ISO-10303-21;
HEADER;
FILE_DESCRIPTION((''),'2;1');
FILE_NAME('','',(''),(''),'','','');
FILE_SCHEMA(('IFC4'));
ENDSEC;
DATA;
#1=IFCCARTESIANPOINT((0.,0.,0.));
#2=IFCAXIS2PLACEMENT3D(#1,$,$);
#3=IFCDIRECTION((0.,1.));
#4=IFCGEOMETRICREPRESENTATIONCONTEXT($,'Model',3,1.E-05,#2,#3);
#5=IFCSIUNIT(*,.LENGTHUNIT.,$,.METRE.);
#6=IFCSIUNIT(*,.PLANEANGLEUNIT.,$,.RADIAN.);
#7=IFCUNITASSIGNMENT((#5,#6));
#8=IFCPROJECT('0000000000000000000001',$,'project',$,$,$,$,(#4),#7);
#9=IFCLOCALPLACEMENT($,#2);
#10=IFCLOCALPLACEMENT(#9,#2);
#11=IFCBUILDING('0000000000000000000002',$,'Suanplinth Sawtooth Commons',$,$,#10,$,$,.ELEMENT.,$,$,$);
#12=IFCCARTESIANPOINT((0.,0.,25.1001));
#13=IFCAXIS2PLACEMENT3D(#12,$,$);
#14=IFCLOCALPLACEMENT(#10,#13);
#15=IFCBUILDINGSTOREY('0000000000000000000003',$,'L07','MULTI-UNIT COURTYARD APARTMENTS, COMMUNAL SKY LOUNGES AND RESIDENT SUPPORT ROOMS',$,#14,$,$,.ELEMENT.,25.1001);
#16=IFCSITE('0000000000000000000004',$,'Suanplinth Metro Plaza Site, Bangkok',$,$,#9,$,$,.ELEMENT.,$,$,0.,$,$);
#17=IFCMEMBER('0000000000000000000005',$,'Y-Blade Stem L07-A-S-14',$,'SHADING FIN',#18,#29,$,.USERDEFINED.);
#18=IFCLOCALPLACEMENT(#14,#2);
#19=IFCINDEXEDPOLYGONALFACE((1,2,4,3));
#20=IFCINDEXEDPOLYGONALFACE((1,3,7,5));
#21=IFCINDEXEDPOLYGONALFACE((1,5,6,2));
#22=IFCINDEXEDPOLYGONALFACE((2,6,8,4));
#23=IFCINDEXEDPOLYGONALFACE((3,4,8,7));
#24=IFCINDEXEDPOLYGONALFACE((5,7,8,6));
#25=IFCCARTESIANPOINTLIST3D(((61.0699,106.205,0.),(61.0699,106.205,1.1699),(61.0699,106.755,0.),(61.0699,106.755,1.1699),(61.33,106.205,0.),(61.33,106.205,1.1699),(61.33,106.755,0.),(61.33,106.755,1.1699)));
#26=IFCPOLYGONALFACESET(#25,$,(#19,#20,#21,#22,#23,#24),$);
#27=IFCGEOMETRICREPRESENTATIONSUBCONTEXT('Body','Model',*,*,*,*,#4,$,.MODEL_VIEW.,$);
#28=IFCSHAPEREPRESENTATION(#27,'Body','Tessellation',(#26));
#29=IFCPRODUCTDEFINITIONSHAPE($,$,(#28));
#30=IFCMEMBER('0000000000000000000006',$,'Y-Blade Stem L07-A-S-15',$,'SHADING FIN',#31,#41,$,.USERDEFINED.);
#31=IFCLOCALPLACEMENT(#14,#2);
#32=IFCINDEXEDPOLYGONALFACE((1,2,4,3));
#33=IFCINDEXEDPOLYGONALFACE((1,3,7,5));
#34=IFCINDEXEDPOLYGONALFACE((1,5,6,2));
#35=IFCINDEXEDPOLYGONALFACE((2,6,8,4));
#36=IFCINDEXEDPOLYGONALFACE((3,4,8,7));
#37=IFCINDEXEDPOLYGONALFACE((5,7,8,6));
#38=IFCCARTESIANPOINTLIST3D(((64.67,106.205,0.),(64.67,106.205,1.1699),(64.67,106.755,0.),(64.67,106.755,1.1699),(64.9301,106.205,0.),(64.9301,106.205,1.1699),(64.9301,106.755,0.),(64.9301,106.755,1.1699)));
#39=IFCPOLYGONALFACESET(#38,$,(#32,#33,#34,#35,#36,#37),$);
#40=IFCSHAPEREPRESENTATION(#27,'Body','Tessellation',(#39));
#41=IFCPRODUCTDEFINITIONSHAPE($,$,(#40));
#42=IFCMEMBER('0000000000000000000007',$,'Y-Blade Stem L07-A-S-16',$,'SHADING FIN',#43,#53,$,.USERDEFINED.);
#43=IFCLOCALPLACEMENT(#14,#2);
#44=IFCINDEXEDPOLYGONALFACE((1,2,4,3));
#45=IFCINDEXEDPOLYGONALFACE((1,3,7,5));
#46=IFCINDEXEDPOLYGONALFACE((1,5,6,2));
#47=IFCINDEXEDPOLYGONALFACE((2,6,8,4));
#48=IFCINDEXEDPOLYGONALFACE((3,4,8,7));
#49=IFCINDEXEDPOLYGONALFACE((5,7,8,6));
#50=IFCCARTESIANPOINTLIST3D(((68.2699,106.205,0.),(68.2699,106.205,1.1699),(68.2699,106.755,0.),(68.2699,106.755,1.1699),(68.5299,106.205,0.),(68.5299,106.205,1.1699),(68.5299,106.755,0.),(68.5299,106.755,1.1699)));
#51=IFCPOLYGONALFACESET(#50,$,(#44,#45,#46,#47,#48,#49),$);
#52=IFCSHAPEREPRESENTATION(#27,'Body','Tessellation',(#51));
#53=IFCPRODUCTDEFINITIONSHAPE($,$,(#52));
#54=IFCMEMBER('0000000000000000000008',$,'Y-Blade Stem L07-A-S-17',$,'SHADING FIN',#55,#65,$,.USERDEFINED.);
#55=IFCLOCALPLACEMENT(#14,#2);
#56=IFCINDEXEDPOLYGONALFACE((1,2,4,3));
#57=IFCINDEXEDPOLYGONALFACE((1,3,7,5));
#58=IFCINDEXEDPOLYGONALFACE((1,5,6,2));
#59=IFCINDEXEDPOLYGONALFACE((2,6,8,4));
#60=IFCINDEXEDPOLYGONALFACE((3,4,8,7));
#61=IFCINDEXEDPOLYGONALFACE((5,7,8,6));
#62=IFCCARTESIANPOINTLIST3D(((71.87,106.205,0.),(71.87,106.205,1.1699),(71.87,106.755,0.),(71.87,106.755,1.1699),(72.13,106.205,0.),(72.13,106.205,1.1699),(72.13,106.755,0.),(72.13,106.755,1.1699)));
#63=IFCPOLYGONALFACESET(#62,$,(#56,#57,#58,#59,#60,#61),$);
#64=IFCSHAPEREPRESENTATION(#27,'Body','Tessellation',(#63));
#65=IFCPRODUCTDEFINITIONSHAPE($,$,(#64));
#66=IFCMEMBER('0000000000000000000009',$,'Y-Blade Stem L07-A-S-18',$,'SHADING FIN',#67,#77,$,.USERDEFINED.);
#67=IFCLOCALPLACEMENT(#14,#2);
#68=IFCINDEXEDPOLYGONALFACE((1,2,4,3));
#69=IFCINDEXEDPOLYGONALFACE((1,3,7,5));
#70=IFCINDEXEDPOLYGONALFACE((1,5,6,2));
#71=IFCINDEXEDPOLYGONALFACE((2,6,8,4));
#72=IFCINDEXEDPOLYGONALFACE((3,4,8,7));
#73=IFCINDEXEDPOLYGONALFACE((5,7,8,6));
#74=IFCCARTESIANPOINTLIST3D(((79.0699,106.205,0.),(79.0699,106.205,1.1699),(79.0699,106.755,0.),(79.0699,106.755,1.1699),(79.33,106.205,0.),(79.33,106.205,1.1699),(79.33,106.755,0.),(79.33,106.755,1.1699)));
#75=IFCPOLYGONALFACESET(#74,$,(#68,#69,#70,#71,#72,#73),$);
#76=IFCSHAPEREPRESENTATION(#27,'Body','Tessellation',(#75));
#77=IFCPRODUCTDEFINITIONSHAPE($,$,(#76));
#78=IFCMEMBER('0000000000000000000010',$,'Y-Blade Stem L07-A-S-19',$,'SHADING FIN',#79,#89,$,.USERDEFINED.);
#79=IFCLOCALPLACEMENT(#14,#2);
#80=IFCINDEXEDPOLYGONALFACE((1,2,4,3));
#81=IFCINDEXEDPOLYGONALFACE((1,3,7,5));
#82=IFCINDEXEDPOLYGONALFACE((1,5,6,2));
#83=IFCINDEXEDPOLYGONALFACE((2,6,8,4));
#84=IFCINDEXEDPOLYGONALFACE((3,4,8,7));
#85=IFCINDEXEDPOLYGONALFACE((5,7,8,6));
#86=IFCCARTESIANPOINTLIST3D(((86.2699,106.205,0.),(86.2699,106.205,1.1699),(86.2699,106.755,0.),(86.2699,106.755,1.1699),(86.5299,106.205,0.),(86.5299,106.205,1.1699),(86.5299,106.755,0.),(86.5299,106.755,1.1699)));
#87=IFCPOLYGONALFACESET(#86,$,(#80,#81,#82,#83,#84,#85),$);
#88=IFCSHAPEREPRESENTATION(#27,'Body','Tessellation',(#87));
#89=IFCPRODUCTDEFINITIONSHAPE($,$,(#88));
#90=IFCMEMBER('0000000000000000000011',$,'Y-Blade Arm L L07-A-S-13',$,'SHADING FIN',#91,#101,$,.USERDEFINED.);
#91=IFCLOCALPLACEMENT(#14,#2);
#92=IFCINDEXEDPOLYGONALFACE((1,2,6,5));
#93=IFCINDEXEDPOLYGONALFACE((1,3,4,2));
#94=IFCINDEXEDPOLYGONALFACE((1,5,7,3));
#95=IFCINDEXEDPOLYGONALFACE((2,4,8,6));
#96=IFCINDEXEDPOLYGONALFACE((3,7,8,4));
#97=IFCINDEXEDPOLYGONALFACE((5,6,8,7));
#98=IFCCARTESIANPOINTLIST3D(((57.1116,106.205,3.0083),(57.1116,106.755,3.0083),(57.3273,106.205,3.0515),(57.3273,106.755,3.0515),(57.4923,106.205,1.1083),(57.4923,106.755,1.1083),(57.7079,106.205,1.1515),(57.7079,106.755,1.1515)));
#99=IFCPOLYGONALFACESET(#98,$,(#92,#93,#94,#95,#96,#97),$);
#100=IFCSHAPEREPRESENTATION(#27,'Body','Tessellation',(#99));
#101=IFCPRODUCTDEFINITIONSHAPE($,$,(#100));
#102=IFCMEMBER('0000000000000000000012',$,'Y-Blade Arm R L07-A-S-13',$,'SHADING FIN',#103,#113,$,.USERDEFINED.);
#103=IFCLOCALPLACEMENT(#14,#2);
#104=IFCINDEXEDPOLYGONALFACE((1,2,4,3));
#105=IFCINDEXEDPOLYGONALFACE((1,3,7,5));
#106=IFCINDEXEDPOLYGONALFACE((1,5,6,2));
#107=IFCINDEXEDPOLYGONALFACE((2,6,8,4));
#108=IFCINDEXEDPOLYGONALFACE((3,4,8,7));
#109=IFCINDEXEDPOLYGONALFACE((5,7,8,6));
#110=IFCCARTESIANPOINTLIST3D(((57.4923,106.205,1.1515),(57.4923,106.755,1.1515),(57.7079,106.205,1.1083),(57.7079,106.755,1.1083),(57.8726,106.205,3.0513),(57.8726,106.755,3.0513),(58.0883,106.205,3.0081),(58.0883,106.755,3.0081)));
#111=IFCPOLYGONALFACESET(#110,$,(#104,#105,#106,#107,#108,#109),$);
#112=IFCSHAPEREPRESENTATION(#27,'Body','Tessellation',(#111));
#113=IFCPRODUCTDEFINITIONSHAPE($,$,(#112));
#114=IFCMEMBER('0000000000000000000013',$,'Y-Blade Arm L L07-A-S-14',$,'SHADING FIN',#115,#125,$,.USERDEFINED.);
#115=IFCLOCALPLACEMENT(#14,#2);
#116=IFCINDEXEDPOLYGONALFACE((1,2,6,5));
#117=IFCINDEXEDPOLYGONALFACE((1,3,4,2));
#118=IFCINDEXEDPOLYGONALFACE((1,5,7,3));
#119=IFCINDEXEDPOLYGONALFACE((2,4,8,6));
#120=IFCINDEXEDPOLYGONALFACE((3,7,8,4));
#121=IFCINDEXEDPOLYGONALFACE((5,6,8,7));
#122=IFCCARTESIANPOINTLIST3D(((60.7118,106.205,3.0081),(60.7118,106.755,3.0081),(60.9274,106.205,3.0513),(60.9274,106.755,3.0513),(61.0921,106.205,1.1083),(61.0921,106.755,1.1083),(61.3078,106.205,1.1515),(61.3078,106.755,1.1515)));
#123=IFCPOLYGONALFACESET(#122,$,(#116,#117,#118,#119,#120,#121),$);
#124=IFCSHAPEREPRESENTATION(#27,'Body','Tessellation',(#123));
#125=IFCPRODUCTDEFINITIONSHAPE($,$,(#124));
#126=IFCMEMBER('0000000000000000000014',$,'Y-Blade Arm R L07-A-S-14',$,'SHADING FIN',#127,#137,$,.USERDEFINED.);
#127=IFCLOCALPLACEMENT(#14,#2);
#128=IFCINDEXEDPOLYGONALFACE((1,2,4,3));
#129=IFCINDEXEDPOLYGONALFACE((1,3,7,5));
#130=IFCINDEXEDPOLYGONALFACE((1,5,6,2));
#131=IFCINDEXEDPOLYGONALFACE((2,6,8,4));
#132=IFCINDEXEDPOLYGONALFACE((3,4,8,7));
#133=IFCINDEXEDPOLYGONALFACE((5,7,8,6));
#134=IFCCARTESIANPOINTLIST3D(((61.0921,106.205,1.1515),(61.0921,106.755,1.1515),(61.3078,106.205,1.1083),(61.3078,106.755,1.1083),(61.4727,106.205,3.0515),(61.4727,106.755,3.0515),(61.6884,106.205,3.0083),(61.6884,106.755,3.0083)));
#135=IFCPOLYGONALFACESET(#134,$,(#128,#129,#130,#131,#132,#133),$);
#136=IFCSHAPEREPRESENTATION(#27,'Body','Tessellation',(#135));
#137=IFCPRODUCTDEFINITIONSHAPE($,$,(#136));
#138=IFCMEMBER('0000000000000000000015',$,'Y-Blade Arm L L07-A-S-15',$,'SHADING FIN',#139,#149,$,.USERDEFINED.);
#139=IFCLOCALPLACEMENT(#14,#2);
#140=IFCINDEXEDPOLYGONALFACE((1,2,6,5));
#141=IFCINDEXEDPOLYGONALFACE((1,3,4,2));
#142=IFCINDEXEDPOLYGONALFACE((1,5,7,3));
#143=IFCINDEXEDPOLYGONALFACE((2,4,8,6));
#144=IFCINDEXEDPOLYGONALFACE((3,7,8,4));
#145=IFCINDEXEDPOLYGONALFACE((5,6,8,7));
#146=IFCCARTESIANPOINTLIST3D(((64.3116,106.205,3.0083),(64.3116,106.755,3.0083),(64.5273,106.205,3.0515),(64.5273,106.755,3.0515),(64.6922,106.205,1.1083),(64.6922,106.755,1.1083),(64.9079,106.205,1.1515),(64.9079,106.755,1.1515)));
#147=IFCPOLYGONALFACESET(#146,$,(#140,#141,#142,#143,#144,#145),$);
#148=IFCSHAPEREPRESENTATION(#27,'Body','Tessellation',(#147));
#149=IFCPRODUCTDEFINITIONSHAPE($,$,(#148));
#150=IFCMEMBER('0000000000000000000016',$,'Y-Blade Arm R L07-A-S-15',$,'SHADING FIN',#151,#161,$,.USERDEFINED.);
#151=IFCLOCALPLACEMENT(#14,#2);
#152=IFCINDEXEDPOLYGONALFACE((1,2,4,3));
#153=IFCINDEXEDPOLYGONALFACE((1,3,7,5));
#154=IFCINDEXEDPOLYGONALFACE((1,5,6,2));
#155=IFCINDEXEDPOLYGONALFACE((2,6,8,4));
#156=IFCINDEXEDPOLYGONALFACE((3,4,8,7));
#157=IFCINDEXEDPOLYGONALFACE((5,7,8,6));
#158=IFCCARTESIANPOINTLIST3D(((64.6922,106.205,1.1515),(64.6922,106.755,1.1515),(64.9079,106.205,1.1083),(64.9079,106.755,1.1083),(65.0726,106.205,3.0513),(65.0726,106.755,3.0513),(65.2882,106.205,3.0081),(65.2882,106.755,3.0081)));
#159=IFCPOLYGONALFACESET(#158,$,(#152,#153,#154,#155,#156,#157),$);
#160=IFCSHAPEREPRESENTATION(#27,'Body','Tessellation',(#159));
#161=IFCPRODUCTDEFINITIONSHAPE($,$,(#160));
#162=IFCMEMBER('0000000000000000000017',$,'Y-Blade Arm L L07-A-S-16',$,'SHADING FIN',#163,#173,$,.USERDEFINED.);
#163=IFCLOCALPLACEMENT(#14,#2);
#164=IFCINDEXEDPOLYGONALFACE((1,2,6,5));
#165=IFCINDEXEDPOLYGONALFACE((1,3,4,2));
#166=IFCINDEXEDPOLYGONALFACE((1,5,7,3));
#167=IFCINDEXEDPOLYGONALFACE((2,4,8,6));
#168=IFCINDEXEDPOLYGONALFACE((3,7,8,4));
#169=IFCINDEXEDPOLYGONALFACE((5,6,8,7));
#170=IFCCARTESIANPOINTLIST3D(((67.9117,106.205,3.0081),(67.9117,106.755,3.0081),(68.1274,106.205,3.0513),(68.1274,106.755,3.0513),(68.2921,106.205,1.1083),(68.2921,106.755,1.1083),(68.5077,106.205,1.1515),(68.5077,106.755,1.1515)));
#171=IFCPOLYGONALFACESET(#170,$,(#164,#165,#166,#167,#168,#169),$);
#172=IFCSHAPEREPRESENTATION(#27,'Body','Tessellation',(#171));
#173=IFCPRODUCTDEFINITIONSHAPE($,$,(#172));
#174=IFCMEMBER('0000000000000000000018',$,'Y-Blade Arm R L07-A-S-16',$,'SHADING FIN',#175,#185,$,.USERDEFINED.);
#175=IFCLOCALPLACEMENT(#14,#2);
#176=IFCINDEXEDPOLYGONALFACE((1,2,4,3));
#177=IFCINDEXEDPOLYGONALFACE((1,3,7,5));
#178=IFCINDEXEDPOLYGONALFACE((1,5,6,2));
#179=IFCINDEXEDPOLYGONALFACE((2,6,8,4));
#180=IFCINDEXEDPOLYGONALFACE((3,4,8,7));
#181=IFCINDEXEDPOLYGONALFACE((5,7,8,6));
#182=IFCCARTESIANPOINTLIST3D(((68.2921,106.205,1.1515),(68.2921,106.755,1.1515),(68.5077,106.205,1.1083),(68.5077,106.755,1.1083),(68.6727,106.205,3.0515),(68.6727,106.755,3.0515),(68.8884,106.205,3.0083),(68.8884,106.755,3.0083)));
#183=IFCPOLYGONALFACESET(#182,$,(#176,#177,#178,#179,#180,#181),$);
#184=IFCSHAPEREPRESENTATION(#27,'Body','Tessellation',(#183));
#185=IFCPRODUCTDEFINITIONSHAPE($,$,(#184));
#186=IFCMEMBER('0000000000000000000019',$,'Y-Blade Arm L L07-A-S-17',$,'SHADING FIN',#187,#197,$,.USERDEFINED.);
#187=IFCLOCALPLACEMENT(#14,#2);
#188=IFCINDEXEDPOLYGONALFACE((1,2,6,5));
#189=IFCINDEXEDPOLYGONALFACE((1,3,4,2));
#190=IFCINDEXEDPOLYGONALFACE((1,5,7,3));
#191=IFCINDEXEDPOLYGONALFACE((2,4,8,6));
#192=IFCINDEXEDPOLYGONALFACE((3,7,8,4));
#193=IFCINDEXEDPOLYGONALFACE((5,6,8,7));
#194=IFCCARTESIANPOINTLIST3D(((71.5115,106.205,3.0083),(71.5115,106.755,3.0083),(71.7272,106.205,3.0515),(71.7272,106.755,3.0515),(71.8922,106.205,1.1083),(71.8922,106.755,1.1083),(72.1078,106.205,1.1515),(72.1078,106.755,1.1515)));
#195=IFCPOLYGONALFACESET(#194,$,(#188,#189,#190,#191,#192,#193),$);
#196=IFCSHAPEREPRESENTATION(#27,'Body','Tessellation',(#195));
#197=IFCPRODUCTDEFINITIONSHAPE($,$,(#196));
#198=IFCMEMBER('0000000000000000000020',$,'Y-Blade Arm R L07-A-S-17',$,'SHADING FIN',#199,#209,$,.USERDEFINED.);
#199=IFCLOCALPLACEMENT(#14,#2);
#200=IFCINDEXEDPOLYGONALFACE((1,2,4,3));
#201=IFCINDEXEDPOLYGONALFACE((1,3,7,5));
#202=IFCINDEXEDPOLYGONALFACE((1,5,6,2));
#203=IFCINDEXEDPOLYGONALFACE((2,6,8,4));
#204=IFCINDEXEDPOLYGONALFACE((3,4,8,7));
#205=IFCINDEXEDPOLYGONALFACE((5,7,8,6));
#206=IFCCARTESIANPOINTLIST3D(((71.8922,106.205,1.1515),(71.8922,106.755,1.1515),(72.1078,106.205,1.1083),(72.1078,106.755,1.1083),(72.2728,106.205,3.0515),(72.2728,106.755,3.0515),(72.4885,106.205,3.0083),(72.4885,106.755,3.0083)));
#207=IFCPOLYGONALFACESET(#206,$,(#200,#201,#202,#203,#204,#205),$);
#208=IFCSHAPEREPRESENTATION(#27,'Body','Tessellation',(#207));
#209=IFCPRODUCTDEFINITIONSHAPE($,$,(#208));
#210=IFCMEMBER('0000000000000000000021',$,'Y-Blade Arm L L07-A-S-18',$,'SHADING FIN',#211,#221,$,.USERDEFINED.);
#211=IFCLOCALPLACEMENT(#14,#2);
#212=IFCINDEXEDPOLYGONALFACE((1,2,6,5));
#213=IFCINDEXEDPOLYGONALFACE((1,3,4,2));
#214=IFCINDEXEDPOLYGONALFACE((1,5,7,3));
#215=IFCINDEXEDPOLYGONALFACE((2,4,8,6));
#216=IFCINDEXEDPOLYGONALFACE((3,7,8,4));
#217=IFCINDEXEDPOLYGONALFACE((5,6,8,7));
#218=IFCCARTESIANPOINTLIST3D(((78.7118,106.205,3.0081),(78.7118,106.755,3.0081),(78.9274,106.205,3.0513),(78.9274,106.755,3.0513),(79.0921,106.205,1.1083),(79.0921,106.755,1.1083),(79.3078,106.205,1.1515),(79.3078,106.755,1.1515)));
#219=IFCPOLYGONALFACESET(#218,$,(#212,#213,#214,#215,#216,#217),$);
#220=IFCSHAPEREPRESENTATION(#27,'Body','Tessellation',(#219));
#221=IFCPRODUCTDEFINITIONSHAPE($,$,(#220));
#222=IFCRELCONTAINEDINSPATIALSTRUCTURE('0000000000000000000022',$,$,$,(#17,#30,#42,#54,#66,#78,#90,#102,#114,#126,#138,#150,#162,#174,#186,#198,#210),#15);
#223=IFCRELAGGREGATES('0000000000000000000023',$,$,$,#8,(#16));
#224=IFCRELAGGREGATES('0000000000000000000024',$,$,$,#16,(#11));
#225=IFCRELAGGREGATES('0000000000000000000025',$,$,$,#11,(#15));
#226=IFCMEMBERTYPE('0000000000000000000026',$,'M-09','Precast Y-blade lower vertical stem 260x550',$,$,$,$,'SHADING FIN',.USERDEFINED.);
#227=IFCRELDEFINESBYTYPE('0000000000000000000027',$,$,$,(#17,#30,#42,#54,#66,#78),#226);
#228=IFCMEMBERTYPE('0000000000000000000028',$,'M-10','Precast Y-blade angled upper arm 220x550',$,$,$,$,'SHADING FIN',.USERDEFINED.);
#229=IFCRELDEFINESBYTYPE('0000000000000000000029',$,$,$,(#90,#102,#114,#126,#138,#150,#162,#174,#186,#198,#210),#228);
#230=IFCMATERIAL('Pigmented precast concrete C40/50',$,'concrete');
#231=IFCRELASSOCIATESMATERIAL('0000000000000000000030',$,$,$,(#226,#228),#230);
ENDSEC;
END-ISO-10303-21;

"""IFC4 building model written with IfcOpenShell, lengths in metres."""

from ifc_helpers import new_model, si_unit, direction, frame, origin, origin_2d, place, context, subcontext, project, spatial, rectangle, extrude, material, material_profile, profile_set, type_object, element, save


model = new_model("IFC4")

# Units and contexts
model_context = context("Model", 3, precision=1e-05, world=origin(), true_north=direction((0.0, 1.0)))
body_context = subcontext(model_context, "Body", "Model", "MODEL_VIEW")
ifc_project = project(units=[si_unit("LENGTHUNIT", "METRE"), si_unit("PLANEANGLEUNIT", "RADIAN")], contexts=[model_context])

# Site, building, storey
site_placement = place(None, origin())
site = spatial("IfcSite", under=ifc_project, at=site_placement, Name="Suanplinth Metro Plaza Site, Bangkok", CompositionType="ELEMENT", RefElevation=0.0)
building_placement = place(site_placement, origin())
building = spatial("IfcBuilding", under=site, at=building_placement, Name="Suanplinth Sawtooth Commons", CompositionType="ELEMENT")
storey_placement = place(building_placement, frame((0.0, 0.0, 25.1001)))
storey = spatial("IfcBuildingStorey", under=building, at=storey_placement, Name="L07", Description="MULTI-UNIT COURTYARD APARTMENTS, COMMUNAL SKY LOUNGES AND RESIDENT SUPPORT ROOMS", CompositionType="ELEMENT", Elevation=25.1001)

# Members
ifc_material = material(Name="Pigmented precast concrete C40/50", Category="concrete")
ifc_material_profile_1 = material_profile(ifc_material, rectangle(XDim=0.26, YDim=0.55, at=origin_2d()), Name="PC-FIN 260x550")
ifc_profile_set_1 = profile_set([ifc_material_profile_1], Name="Pigmented precast concrete C40/50")
member_type_1 = type_object("IfcMemberType", Name="M-09", Description="Precast Y-blade lower vertical stem 260x550", ElementType="SHADING FIN", PredefinedType="USERDEFINED", material=ifc_profile_set_1)
for number, where, z_axis, x_axis, name in (
    (1, (61.2, 106.48, 0.0), (0.0, 0.0, 1.0), (1.0, 0.0, 0.0), "Y-Blade Stem L07-A-S-14"),
    (2, (64.8, 106.48, 0.0), (0.0, 0.0, 1.0), (1.0, 0.0, 0.0), "Y-Blade Stem L07-A-S-15"),
    (3, (68.3999, 106.48, 0.0), (0.0, 0.0, 1.0), (1.0, 0.0, 0.0), "Y-Blade Stem L07-A-S-16"),
    (4, (72.0, 106.48, 0.0), (0.0, 0.0, 1.0), (1.0, 0.0, 0.0), "Y-Blade Stem L07-A-S-17"),
    (5, (79.2, 106.48, 0.0), (0.0, 0.0, 1.0), (1.0, 0.0, 0.0), "Y-Blade Stem L07-A-S-18"),
    (6, (86.3999, 106.48, 0.0), (0.0, 0.0, 1.0), (1.0, 0.0, 0.0), "Y-Blade Stem L07-A-S-19"),
):
    element("IfcMember", number, at=place(storey_placement, frame(where, z_axis=z_axis, x_axis=x_axis)), inside=storey, type_object=member_type_1, Name=name, ObjectType="SHADING FIN", PredefinedType="USERDEFINED", context=body_context, shape_type="SweptSolid", body=[
        extrude(rectangle(XDim=0.26, YDim=0.55, at=origin_2d()), origin(), (0.0, 0.0, 1.0), 1.1699),
    ])
ifc_material_profile_2 = material_profile(ifc_material, rectangle(XDim=0.22, YDim=0.55, at=origin_2d()), Name="PC-FIN 220x550")
ifc_profile_set_2 = profile_set([ifc_material_profile_2], Name="Pigmented precast concrete C40/50")
member_type_2 = type_object("IfcMemberType", Name="M-10", Description="Precast Y-blade angled upper arm 220x550", ElementType="SHADING FIN", PredefinedType="USERDEFINED", material=ifc_profile_set_2)
member_1_placement = place(storey_placement, frame((57.6001, 106.48, 1.1299), z_axis=(-0.196431, 0.0, 0.980518), x_axis=(0.980518, 0.0, 0.196431)))
element("IfcMember", 7, at=member_1_placement, inside=storey, type_object=member_type_2, Name="Y-Blade Arm L L07-A-S-13", ObjectType="SHADING FIN", PredefinedType="USERDEFINED", context=body_context, shape_type="SweptSolid", body=[
    extrude(rectangle(XDim=0.22, YDim=0.55, at=origin_2d()), origin(), (0.0, 0.0, 1.0), 1.9377),
])
for number, where, z_axis, x_axis, name in (
    (8, (57.6001, 106.48, 1.1299), (0.19631, 0.0, 0.980542), (-0.980542, 0.0, 0.19631), "Y-Blade Arm R L07-A-S-13"),
    (9, (61.2, 106.48, 1.1299), (-0.19631, 0.0, 0.980542), (0.980542, 0.0, 0.19631), "Y-Blade Arm L L07-A-S-14"),
):
    element("IfcMember", number, at=place(storey_placement, frame(where, z_axis=z_axis, x_axis=x_axis)), inside=storey, type_object=member_type_2, Name=name, ObjectType="SHADING FIN", PredefinedType="USERDEFINED", context=body_context, shape_type="SweptSolid", body=[
        extrude(rectangle(XDim=0.22, YDim=0.55, at=origin_2d()), origin(), (0.0, 0.0, 1.0), 1.9375),
    ])
for number, where, z_axis, x_axis, name in (
    (10, (61.2, 106.48, 1.1299), (0.196431, 0.0, 0.980518), (-0.980518, 0.0, 0.196431), "Y-Blade Arm R L07-A-S-14"),
    (11, (64.8, 106.48, 1.1299), (-0.196431, 0.0, 0.980518), (0.980518, 0.0, 0.196431), "Y-Blade Arm L L07-A-S-15"),
):
    element("IfcMember", number, at=place(storey_placement, frame(where, z_axis=z_axis, x_axis=x_axis)), inside=storey, type_object=member_type_2, Name=name, ObjectType="SHADING FIN", PredefinedType="USERDEFINED", context=body_context, shape_type="SweptSolid", body=[
        extrude(rectangle(XDim=0.22, YDim=0.55, at=origin_2d()), origin(), (0.0, 0.0, 1.0), 1.9377),
    ])
for number, where, z_axis, x_axis, name in (
    (12, (64.8, 106.48, 1.1299), (0.19631, 0.0, 0.980542), (-0.980542, 0.0, 0.19631), "Y-Blade Arm R L07-A-S-15"),
    (13, (68.3999, 106.48, 1.1299), (-0.19631, 0.0, 0.980542), (0.980542, 0.0, 0.19631), "Y-Blade Arm L L07-A-S-16"),
):
    element("IfcMember", number, at=place(storey_placement, frame(where, z_axis=z_axis, x_axis=x_axis)), inside=storey, type_object=member_type_2, Name=name, ObjectType="SHADING FIN", PredefinedType="USERDEFINED", context=body_context, shape_type="SweptSolid", body=[
        extrude(rectangle(XDim=0.22, YDim=0.55, at=origin_2d()), origin(), (0.0, 0.0, 1.0), 1.9375),
    ])
for number, where, z_axis, x_axis, name in (
    (14, (68.3999, 106.48, 1.1299), (0.196431, 0.0, 0.980518), (-0.980518, 0.0, 0.196431), "Y-Blade Arm R L07-A-S-16"),
    (15, (72.0, 106.48, 1.1299), (-0.196431, 0.0, 0.980518), (0.980518, 0.0, 0.196431), "Y-Blade Arm L L07-A-S-17"),
    (16, (72.0, 106.48, 1.1299), (0.196431, 0.0, 0.980518), (-0.980518, 0.0, 0.196431), "Y-Blade Arm R L07-A-S-17"),
):
    element("IfcMember", number, at=place(storey_placement, frame(where, z_axis=z_axis, x_axis=x_axis)), inside=storey, type_object=member_type_2, Name=name, ObjectType="SHADING FIN", PredefinedType="USERDEFINED", context=body_context, shape_type="SweptSolid", body=[
        extrude(rectangle(XDim=0.22, YDim=0.55, at=origin_2d()), origin(), (0.0, 0.0, 1.0), 1.9377),
    ])
member_2_placement = place(storey_placement, frame((79.2, 106.48, 1.1299), z_axis=(-0.19631, 0.0, 0.980542), x_axis=(0.980542, 0.0, 0.19631)))
element("IfcMember", 17, at=member_2_placement, inside=storey, type_object=member_type_2, Name="Y-Blade Arm L L07-A-S-18", ObjectType="SHADING FIN", PredefinedType="USERDEFINED", context=body_context, shape_type="SweptSolid", body=[
    extrude(rectangle(XDim=0.22, YDim=0.55, at=origin_2d()), origin(), (0.0, 0.0, 1.0), 1.9375),
])

save(model, "model.ifc")
